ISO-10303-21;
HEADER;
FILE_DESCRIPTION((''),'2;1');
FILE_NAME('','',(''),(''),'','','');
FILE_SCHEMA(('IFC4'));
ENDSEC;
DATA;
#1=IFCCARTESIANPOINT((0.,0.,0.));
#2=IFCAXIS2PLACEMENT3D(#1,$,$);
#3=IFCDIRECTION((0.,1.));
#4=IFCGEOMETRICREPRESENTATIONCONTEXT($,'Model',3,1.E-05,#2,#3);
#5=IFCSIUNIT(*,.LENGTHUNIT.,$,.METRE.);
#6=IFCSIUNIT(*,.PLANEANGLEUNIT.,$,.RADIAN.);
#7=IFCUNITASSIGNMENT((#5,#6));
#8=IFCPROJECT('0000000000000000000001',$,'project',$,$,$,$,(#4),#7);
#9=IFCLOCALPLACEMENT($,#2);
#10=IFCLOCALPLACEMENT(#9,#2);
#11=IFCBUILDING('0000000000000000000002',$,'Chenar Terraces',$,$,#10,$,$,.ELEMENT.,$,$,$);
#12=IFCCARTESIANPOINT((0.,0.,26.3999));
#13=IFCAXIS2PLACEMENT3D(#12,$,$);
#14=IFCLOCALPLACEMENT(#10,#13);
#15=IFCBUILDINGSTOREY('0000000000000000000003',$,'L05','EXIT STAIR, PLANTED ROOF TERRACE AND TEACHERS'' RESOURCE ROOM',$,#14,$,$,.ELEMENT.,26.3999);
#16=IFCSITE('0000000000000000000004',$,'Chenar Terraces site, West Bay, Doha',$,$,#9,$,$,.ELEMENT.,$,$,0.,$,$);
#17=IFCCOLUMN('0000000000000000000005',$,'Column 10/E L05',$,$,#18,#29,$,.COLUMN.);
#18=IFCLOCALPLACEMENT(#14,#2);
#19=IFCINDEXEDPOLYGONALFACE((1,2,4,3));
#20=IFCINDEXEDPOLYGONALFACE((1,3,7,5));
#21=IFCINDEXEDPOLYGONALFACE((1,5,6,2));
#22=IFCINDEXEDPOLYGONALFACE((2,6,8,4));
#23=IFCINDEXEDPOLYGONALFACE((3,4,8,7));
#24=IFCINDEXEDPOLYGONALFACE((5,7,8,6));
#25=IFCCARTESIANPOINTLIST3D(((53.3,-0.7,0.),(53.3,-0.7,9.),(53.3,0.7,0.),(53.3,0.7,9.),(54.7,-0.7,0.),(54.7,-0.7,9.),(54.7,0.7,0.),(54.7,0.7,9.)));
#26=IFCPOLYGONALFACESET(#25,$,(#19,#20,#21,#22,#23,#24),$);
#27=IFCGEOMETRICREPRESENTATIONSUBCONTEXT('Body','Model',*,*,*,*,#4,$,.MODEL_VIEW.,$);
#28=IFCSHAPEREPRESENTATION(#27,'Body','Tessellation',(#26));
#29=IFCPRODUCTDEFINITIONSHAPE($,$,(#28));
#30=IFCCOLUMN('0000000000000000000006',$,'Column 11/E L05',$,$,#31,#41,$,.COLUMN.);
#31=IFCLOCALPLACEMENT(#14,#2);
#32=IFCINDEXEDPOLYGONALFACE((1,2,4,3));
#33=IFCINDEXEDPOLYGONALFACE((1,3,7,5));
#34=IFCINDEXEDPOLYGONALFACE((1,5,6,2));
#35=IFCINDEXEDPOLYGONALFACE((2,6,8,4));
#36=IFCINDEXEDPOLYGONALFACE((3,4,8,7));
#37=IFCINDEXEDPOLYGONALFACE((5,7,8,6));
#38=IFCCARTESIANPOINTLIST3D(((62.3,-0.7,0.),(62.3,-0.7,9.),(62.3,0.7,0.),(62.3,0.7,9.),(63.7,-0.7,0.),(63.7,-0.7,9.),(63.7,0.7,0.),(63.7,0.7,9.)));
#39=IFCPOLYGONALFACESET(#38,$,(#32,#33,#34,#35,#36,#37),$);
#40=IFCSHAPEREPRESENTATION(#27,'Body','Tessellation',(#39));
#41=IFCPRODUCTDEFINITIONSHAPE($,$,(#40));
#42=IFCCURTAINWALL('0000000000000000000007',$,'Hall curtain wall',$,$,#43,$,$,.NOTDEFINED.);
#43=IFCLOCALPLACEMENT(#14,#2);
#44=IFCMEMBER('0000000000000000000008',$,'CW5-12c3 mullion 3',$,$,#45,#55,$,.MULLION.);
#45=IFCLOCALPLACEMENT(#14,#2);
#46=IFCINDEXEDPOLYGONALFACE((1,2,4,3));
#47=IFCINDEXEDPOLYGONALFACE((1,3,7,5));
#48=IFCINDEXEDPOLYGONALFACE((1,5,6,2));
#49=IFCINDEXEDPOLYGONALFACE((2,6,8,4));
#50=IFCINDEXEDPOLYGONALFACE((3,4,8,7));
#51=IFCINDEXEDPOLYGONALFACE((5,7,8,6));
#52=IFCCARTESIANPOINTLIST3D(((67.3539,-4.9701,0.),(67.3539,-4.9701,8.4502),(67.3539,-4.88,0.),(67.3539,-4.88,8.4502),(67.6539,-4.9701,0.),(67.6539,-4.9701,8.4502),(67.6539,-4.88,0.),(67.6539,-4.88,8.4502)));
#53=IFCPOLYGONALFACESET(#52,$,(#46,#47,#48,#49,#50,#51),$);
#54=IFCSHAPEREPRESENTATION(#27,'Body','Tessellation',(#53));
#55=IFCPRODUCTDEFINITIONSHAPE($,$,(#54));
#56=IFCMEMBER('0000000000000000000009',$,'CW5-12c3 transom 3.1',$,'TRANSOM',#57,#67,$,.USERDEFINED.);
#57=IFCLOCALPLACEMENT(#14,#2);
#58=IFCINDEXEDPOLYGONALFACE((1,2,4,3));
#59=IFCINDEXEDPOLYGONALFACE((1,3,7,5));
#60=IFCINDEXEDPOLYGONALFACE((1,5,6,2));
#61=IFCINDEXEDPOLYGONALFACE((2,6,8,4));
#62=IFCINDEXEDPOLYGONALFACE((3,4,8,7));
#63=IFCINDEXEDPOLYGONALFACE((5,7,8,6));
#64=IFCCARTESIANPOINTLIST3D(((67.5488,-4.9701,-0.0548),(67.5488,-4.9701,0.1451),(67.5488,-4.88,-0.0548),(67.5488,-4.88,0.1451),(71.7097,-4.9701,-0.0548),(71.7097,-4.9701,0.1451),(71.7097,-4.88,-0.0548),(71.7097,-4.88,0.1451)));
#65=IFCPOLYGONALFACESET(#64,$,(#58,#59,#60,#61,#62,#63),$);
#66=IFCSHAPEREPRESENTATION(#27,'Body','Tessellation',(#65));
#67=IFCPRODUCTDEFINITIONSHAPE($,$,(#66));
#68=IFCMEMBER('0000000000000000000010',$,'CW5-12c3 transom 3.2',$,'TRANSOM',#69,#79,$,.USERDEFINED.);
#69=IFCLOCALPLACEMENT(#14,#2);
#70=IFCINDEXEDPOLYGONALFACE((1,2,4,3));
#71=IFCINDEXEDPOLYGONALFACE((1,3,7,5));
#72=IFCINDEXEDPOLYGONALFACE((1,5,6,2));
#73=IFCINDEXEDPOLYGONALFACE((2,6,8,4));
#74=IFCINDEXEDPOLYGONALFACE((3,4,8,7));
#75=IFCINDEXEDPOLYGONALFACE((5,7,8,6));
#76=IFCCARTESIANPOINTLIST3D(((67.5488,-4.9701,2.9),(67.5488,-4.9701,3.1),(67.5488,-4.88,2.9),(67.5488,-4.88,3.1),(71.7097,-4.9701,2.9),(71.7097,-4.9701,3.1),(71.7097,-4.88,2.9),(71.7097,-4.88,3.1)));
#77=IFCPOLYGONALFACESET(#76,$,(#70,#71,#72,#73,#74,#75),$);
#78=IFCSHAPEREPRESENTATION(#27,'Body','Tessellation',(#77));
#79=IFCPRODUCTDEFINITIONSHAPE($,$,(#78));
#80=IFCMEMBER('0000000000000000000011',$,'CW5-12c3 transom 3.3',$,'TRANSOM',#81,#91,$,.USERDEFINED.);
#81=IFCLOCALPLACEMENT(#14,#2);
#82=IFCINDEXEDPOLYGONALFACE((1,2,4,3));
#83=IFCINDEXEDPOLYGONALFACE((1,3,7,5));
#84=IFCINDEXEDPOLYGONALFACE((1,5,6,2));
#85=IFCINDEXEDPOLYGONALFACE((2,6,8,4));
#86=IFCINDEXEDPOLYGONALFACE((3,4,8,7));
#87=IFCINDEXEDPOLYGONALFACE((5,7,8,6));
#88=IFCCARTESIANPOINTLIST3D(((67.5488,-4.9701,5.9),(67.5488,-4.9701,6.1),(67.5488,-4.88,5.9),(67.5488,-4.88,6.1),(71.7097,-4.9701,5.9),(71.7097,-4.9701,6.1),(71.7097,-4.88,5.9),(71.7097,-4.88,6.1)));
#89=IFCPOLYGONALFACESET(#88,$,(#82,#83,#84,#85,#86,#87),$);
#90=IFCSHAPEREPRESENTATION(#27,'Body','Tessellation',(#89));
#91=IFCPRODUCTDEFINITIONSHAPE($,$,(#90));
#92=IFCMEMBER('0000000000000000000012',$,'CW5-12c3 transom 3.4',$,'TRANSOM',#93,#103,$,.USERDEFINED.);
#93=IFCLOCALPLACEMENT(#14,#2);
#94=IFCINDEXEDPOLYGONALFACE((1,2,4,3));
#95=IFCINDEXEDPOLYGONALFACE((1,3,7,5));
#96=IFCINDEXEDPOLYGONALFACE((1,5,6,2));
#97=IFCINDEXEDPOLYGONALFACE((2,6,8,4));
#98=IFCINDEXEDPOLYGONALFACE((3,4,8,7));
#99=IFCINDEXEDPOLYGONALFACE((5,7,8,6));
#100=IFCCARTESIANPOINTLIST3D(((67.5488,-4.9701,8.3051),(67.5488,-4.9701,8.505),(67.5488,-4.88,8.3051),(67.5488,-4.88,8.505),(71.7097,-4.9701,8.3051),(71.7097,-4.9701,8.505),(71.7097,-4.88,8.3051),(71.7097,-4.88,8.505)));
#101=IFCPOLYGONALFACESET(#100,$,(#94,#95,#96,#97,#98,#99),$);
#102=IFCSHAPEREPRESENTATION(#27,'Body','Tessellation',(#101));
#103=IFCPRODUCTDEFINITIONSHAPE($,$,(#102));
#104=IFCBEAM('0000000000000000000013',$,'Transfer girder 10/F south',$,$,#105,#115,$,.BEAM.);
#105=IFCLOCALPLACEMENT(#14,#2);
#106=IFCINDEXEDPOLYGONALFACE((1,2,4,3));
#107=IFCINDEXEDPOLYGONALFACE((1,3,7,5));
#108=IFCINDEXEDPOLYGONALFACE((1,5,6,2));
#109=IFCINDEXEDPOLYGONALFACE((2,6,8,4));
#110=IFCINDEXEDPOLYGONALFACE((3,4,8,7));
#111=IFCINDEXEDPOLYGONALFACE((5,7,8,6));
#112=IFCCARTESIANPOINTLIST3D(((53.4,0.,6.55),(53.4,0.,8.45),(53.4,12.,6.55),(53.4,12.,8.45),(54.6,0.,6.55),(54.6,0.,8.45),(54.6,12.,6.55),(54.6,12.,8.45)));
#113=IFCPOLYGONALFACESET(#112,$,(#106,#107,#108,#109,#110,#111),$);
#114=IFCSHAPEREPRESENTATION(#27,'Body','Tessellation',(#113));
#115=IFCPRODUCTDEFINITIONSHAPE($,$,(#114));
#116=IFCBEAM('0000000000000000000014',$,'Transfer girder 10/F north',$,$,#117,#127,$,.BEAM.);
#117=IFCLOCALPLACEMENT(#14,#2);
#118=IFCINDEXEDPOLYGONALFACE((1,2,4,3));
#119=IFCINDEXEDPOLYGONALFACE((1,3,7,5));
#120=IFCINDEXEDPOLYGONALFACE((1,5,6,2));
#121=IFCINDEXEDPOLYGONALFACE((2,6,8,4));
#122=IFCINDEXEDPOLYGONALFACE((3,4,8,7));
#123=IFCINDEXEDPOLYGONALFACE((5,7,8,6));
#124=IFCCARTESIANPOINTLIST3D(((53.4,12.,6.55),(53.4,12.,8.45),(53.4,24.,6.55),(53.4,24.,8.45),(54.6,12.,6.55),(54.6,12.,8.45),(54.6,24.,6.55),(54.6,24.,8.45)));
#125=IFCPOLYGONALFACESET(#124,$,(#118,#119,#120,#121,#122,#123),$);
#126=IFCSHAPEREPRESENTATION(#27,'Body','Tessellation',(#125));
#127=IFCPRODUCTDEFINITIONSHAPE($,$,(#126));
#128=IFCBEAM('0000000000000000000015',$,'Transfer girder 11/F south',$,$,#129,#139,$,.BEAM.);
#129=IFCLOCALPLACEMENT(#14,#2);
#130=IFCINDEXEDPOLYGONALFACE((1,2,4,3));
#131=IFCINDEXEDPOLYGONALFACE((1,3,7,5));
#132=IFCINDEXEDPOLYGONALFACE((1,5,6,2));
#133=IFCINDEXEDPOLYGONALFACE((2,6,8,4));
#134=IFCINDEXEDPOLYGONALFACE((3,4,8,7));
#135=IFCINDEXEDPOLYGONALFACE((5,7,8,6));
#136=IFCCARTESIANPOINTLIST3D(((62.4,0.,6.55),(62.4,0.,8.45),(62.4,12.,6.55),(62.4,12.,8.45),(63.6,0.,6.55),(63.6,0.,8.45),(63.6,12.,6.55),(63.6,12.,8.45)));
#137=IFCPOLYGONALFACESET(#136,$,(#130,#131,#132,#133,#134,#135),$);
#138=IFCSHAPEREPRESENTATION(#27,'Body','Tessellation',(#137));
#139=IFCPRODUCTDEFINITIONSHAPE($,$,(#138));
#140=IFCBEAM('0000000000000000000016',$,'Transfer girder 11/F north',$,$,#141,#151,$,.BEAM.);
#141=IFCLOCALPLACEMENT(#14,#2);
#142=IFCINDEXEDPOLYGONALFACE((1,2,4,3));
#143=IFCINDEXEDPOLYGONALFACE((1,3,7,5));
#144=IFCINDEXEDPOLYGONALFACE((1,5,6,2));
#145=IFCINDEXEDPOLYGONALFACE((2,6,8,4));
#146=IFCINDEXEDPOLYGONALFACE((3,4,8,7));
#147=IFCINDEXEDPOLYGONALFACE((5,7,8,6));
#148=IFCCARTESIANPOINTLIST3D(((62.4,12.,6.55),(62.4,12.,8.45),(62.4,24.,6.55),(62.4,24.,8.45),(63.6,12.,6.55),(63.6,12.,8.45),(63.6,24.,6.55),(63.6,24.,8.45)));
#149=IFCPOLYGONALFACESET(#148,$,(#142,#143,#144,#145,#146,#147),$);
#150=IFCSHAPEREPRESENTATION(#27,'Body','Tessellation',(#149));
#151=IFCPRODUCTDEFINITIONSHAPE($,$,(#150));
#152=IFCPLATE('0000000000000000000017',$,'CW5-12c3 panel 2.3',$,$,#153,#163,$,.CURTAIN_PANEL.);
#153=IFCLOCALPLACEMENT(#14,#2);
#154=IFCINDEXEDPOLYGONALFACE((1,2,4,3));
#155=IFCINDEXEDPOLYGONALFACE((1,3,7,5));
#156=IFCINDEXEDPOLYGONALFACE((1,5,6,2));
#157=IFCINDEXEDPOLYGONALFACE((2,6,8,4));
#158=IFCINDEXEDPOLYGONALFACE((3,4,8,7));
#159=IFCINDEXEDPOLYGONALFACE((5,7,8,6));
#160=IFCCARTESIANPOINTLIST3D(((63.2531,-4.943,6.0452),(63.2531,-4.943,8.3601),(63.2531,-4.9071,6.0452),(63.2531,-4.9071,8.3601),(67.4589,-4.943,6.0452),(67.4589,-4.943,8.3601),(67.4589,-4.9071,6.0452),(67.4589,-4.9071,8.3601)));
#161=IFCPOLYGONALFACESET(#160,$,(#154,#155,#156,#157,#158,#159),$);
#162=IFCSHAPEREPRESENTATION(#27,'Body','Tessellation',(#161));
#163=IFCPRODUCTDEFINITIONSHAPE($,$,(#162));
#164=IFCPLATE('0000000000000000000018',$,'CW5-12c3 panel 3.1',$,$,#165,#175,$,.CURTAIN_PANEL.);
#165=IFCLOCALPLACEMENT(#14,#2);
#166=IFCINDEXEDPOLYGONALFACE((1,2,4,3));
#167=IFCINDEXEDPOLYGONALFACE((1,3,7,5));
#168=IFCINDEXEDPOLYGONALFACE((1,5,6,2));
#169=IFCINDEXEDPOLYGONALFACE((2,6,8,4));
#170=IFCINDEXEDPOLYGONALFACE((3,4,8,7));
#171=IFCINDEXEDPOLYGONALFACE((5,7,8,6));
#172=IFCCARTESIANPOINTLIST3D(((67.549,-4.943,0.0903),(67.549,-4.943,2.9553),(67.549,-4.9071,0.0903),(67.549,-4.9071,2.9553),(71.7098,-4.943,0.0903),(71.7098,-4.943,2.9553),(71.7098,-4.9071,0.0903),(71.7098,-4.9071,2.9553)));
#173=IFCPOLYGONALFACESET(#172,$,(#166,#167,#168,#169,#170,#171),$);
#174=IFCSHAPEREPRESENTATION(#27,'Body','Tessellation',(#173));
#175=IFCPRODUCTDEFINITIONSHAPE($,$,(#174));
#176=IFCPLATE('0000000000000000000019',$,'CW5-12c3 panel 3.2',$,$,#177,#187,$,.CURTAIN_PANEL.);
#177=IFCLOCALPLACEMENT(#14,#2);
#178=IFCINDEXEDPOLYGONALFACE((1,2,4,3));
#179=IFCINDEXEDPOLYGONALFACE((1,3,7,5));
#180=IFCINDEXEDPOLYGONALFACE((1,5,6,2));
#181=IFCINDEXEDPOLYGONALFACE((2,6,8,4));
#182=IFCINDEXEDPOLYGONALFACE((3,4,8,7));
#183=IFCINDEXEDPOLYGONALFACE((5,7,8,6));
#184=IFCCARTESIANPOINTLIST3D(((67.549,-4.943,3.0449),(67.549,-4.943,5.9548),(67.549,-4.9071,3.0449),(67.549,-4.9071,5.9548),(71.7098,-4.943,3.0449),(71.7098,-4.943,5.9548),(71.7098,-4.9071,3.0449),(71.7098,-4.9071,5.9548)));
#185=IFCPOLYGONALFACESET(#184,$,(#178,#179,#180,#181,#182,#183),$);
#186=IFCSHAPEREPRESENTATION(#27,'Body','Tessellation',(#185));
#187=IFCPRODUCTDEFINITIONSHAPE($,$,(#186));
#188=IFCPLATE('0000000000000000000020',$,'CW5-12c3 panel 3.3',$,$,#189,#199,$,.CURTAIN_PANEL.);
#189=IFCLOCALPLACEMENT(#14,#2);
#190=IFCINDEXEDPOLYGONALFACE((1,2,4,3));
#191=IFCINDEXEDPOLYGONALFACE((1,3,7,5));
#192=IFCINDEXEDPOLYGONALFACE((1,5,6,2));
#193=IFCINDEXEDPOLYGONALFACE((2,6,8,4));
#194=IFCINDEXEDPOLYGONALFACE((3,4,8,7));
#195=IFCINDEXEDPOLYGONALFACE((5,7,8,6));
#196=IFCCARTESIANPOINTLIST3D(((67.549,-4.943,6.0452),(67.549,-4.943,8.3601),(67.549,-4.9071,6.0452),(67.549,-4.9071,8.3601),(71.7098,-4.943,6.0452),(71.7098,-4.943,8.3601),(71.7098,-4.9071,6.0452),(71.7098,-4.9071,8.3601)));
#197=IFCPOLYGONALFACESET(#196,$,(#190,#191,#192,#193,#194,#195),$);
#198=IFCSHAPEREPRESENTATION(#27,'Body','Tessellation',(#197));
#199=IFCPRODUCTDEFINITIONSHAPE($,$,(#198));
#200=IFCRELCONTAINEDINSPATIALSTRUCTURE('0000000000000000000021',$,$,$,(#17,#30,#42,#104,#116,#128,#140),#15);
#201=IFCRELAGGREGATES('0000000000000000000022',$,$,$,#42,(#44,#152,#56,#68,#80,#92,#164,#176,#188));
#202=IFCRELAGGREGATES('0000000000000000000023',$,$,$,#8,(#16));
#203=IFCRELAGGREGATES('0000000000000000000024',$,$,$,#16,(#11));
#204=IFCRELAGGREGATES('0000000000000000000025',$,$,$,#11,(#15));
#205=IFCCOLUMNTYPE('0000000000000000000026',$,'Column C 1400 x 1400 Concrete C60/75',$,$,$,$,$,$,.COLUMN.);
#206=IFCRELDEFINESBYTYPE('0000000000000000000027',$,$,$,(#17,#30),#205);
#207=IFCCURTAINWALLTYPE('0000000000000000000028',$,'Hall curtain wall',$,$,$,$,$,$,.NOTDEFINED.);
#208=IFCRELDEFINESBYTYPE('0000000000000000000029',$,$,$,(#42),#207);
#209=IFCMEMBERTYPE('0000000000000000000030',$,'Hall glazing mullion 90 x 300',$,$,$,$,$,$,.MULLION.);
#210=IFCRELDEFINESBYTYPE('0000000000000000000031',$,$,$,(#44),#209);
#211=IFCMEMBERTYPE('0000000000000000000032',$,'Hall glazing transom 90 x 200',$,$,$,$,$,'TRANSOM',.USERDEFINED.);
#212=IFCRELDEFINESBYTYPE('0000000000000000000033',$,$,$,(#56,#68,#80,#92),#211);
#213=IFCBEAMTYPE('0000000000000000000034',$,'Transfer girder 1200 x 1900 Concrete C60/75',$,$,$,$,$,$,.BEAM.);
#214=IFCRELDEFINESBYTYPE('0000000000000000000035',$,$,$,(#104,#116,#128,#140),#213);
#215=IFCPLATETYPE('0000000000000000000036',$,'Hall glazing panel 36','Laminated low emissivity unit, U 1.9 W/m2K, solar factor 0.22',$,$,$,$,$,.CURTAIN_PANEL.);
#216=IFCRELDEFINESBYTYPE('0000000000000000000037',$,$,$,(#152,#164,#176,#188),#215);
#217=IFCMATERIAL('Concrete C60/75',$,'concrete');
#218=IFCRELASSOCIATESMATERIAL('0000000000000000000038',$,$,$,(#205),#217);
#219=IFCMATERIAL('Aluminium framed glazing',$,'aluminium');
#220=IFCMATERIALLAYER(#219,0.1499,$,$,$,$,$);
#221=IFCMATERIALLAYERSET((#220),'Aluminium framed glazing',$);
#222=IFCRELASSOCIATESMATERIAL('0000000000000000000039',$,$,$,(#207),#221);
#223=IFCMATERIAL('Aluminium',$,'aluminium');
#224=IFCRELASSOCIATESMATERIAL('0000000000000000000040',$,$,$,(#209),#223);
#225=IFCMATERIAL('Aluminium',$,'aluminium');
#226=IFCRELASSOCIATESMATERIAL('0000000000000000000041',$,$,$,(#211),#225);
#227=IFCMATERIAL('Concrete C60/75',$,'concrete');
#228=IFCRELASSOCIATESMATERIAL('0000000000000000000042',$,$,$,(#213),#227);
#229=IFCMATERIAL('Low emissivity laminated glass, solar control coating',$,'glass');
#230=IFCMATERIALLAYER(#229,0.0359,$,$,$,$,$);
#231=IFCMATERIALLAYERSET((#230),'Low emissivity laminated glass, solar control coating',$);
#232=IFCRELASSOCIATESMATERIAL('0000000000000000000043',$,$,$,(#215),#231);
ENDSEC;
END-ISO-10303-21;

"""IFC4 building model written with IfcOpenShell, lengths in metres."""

from ifc_helpers import new_model, si_unit, direction, frame, frame_2d, origin, origin_2d, place, context, subcontext, project, spatial, rectangle, extrude, material, layer, layer_set, material_profile, profile_set, type_object, element, aggregate, save


model = new_model("IFC4")

# Units and contexts
model_context = context("Model", 3, precision=1e-05, world=origin(), true_north=direction((0.0, 1.0)))
body_context = subcontext(model_context, "Body", "Model", "MODEL_VIEW")
ifc_project = project(units=[si_unit("LENGTHUNIT", "METRE"), si_unit("PLANEANGLEUNIT", "RADIAN")], contexts=[model_context])

# Site, building, storey
site_placement = place(None, origin())
site = spatial("IfcSite", under=ifc_project, at=site_placement, Name="Chenar Terraces site, West Bay, Doha", CompositionType="ELEMENT", RefElevation=0.0)
building_placement = place(site_placement, origin())
building = spatial("IfcBuilding", under=site, at=building_placement, Name="Chenar Terraces", CompositionType="ELEMENT")
storey_placement = place(building_placement, frame((0.0, 0.0, 26.3999)))
storey = spatial("IfcBuildingStorey", under=building, at=storey_placement, Name="L05", Description="EXIT STAIR, PLANTED ROOF TERRACE AND TEACHERS' RESOURCE ROOM", CompositionType="ELEMENT", Elevation=26.3999)

# Columns
ifc_material_1 = material(Name="Concrete C60/75", Category="concrete")
ifc_material_profile_1 = material_profile(ifc_material_1, rectangle(XDim=1.3999, YDim=1.3999, at=origin_2d()), Name="C 1400 x 1400")
ifc_profile_set_1 = profile_set([ifc_material_profile_1], Name="Concrete C60/75")
column_type = type_object("IfcColumnType", Name="Column C 1400 x 1400 Concrete C60/75", PredefinedType="COLUMN", material=ifc_profile_set_1)
for number, where, z_axis, x_axis, name in (
    (1, (54.0, 0.0, 0.0), (0.0, 0.0, 1.0), (1.0, 0.0, 0.0), "Column 10/E L05"),
    (2, (63.0, 0.0, 0.0), (0.0, 0.0, 1.0), (1.0, 0.0, 0.0), "Column 11/E L05"),
):
    element("IfcColumn", number, at=place(storey_placement, frame(where, z_axis=z_axis, x_axis=x_axis)), inside=storey, type_object=column_type, Name=name, PredefinedType="COLUMN", context=body_context, shape_type="SweptSolid", body=[
        extrude(rectangle(XDim=1.3999, YDim=1.3999, at=origin_2d()), origin(), (0.0, 0.0, 1.0), 9.0),
    ])

# Curtain wall, members
ifc_material_2 = material(Name="Aluminium framed glazing", Category="aluminium")
ifc_layer_1 = layer(ifc_material_2, 0.1499)
ifc_layer_set_1 = layer_set([ifc_layer_1], Name="Aluminium framed glazing")
curtain_wall_type = type_object("IfcCurtainWallType", Name="Hall curtain wall", PredefinedType="NOTDEFINED", material=ifc_layer_set_1)
placement = place(storey_placement, origin())
curtain_wall = element("IfcCurtainWall", 3, at=placement, inside=storey, type_object=curtain_wall_type, Name="Hall curtain wall", PredefinedType="NOTDEFINED")
ifc_material_3 = material(Name="Aluminium", Category="aluminium")
ifc_material_profile_2 = material_profile(ifc_material_3, rectangle(XDim=0.0901, YDim=0.3, at=origin_2d()), Name="Hall glazing mullion 90 x 300")
ifc_profile_set_2 = profile_set([ifc_material_profile_2], Name="Aluminium")
member_type_1 = type_object("IfcMemberType", Name="Hall glazing mullion 90 x 300", PredefinedType="MULLION", material=ifc_profile_set_2)
member_1_placement = place(storey_placement, frame((67.5039, -4.925, 0.0), z_axis=(0.0, 0.0, 1.0), x_axis=(0.0, 1.0, 0.0)))
member_1 = element("IfcMember", 4, at=member_1_placement, type_object=member_type_1, Name="CW5-12c3 mullion 3", PredefinedType="MULLION", context=body_context, shape_type="SweptSolid", body=[
    extrude(rectangle(XDim=0.0901, YDim=0.3, at=origin_2d()), origin(), (0.0, 0.0, 1.0), 8.4502),
])
ifc_material_4 = material(Name="Aluminium", Category="aluminium")
ifc_material_profile_3 = material_profile(ifc_material_4, rectangle(XDim=0.0901, YDim=0.2, at=origin_2d()), Name="Hall glazing transom 90 x 200")
ifc_profile_set_3 = profile_set([ifc_material_profile_3], Name="Aluminium")
member_type_2 = type_object("IfcMemberType", Name="Hall glazing transom 90 x 200", ElementType="TRANSOM", PredefinedType="USERDEFINED", material=ifc_profile_set_3)
member_2_placement = place(storey_placement, frame((67.5488, -4.925, 0.0452), z_axis=(1.0, 0.0, 0.0), x_axis=(0.0, 1.0, 0.0)))
member_2 = element("IfcMember", 5, at=member_2_placement, type_object=member_type_2, Name="CW5-12c3 transom 3.1", ObjectType="TRANSOM", PredefinedType="USERDEFINED", context=body_context, shape_type="SweptSolid", body=[
    extrude(rectangle(XDim=0.0901, YDim=0.2, at=origin_2d()), origin(), (0.0, 0.0, 1.0), 4.1609),
])
member_3_placement = place(storey_placement, frame((67.5488, -4.925, 3.0), z_axis=(1.0, 0.0, 0.0), x_axis=(0.0, 1.0, 0.0)))
member_3 = element("IfcMember", 6, at=member_3_placement, type_object=member_type_2, Name="CW5-12c3 transom 3.2", ObjectType="TRANSOM", PredefinedType="USERDEFINED", context=body_context, shape_type="SweptSolid", body=[
    extrude(rectangle(XDim=0.0901, YDim=0.2, at=origin_2d()), origin(), (0.0, 0.0, 1.0), 4.1609),
])
member_4_placement = place(storey_placement, frame((67.5488, -4.925, 6.0), z_axis=(1.0, 0.0, 0.0), x_axis=(0.0, 1.0, 0.0)))
member_4 = element("IfcMember", 7, at=member_4_placement, type_object=member_type_2, Name="CW5-12c3 transom 3.3", ObjectType="TRANSOM", PredefinedType="USERDEFINED", context=body_context, shape_type="SweptSolid", body=[
    extrude(rectangle(XDim=0.0901, YDim=0.2, at=origin_2d()), origin(), (0.0, 0.0, 1.0), 4.1609),
])
member_5_placement = place(storey_placement, frame((67.5488, -4.925, 8.405), z_axis=(1.0, 0.0, 0.0), x_axis=(0.0, 1.0, 0.0)))
member_5 = element("IfcMember", 8, at=member_5_placement, type_object=member_type_2, Name="CW5-12c3 transom 3.4", ObjectType="TRANSOM", PredefinedType="USERDEFINED", context=body_context, shape_type="SweptSolid", body=[
    extrude(rectangle(XDim=0.0901, YDim=0.2, at=origin_2d()), origin(), (0.0, 0.0, 1.0), 4.1609),
])

# Beams
ifc_material_5 = material(Name="Concrete C60/75", Category="concrete")
ifc_material_profile_4 = material_profile(ifc_material_5, rectangle(XDim=1.2, YDim=1.8999, at=origin_2d()), Name="RC 1200 x 1900")
ifc_profile_set_4 = profile_set([ifc_material_profile_4], Name="Concrete C60/75")
beam_type = type_object("IfcBeamType", Name="Transfer girder 1200 x 1900 Concrete C60/75", PredefinedType="BEAM", material=ifc_profile_set_4)
for number, where, z_axis, x_axis, name in (
    (9, (54.0, 0.0, 8.45), (0.0, 1.0, 0.0), (-1.0, 0.0, 0.0), "Transfer girder 10/F south"),
    (10, (54.0, 12.0, 8.45), (0.0, 1.0, 0.0), (-1.0, 0.0, 0.0), "Transfer girder 10/F north"),
    (11, (63.0, 0.0, 8.45), (0.0, 1.0, 0.0), (-1.0, 0.0, 0.0), "Transfer girder 11/F south"),
    (12, (63.0, 12.0, 8.45), (0.0, 1.0, 0.0), (-1.0, 0.0, 0.0), "Transfer girder 11/F north"),
):
    element("IfcBeam", number, at=place(storey_placement, frame(where, z_axis=z_axis, x_axis=x_axis)), inside=storey, type_object=beam_type, Name=name, PredefinedType="BEAM", context=body_context, shape_type="SweptSolid", body=[
        extrude(rectangle(XDim=1.2, YDim=1.8999, at=frame_2d((0.0, -0.95))), origin(), (0.0, 0.0, 1.0), 12.0),
    ])

# Plates
ifc_material_6 = material(Name="Low emissivity laminated glass, solar control coating", Category="glass")
ifc_layer_2 = layer(ifc_material_6, 0.0359)
ifc_layer_set_2 = layer_set([ifc_layer_2], Name="Low emissivity laminated glass, solar control coating")
plate_type = type_object("IfcPlateType", Name="Hall glazing panel 36", Description="Laminated low emissivity unit, U 1.9 W/m2K, solar factor 0.22", PredefinedType="CURTAIN_PANEL", material=ifc_layer_set_2)
plate_1_placement = place(storey_placement, frame((65.356, -4.925, 6.0452), z_axis=(0.0, 0.0, 1.0), x_axis=(1.0, 0.0, 0.0)))
plate_1 = element("IfcPlate", 13, at=plate_1_placement, type_object=plate_type, Name="CW5-12c3 panel 2.3", PredefinedType="CURTAIN_PANEL", context=body_context, shape_type="SweptSolid", body=[
    extrude(rectangle(XDim=4.2058, YDim=0.0359, at=origin_2d()), origin(), (0.0, 0.0, 1.0), 2.3149),
])
plate_2_placement = place(storey_placement, frame((69.6294, -4.925, 0.0903), z_axis=(0.0, 0.0, 1.0), x_axis=(1.0, 0.0, 0.0)))
plate_2 = element("IfcPlate", 14, at=plate_2_placement, type_object=plate_type, Name="CW5-12c3 panel 3.1", PredefinedType="CURTAIN_PANEL", context=body_context, shape_type="SweptSolid", body=[
    extrude(rectangle(XDim=4.1609, YDim=0.0359, at=origin_2d()), origin(), (0.0, 0.0, 1.0), 2.865),
])
plate_3_placement = place(storey_placement, frame((69.6294, -4.925, 3.0449), z_axis=(0.0, 0.0, 1.0), x_axis=(1.0, 0.0, 0.0)))
plate_3 = element("IfcPlate", 15, at=plate_3_placement, type_object=plate_type, Name="CW5-12c3 panel 3.2", PredefinedType="CURTAIN_PANEL", context=body_context, shape_type="SweptSolid", body=[
    extrude(rectangle(XDim=4.1609, YDim=0.0359, at=origin_2d()), origin(), (0.0, 0.0, 1.0), 2.9099),
])
plate_4_placement = place(storey_placement, frame((69.6294, -4.925, 6.0452), z_axis=(0.0, 0.0, 1.0), x_axis=(1.0, 0.0, 0.0)))
plate_4 = element("IfcPlate", 16, at=plate_4_placement, type_object=plate_type, Name="CW5-12c3 panel 3.3", PredefinedType="CURTAIN_PANEL", context=body_context, shape_type="SweptSolid", body=[
    extrude(rectangle(XDim=4.1609, YDim=0.0359, at=origin_2d()), origin(), (0.0, 0.0, 1.0), 2.3149),
])
aggregate(curtain_wall, [member_1, plate_1, member_2, member_3, member_4, member_5, plate_2, plate_3, plate_4])

save(model, "model.ifc")
